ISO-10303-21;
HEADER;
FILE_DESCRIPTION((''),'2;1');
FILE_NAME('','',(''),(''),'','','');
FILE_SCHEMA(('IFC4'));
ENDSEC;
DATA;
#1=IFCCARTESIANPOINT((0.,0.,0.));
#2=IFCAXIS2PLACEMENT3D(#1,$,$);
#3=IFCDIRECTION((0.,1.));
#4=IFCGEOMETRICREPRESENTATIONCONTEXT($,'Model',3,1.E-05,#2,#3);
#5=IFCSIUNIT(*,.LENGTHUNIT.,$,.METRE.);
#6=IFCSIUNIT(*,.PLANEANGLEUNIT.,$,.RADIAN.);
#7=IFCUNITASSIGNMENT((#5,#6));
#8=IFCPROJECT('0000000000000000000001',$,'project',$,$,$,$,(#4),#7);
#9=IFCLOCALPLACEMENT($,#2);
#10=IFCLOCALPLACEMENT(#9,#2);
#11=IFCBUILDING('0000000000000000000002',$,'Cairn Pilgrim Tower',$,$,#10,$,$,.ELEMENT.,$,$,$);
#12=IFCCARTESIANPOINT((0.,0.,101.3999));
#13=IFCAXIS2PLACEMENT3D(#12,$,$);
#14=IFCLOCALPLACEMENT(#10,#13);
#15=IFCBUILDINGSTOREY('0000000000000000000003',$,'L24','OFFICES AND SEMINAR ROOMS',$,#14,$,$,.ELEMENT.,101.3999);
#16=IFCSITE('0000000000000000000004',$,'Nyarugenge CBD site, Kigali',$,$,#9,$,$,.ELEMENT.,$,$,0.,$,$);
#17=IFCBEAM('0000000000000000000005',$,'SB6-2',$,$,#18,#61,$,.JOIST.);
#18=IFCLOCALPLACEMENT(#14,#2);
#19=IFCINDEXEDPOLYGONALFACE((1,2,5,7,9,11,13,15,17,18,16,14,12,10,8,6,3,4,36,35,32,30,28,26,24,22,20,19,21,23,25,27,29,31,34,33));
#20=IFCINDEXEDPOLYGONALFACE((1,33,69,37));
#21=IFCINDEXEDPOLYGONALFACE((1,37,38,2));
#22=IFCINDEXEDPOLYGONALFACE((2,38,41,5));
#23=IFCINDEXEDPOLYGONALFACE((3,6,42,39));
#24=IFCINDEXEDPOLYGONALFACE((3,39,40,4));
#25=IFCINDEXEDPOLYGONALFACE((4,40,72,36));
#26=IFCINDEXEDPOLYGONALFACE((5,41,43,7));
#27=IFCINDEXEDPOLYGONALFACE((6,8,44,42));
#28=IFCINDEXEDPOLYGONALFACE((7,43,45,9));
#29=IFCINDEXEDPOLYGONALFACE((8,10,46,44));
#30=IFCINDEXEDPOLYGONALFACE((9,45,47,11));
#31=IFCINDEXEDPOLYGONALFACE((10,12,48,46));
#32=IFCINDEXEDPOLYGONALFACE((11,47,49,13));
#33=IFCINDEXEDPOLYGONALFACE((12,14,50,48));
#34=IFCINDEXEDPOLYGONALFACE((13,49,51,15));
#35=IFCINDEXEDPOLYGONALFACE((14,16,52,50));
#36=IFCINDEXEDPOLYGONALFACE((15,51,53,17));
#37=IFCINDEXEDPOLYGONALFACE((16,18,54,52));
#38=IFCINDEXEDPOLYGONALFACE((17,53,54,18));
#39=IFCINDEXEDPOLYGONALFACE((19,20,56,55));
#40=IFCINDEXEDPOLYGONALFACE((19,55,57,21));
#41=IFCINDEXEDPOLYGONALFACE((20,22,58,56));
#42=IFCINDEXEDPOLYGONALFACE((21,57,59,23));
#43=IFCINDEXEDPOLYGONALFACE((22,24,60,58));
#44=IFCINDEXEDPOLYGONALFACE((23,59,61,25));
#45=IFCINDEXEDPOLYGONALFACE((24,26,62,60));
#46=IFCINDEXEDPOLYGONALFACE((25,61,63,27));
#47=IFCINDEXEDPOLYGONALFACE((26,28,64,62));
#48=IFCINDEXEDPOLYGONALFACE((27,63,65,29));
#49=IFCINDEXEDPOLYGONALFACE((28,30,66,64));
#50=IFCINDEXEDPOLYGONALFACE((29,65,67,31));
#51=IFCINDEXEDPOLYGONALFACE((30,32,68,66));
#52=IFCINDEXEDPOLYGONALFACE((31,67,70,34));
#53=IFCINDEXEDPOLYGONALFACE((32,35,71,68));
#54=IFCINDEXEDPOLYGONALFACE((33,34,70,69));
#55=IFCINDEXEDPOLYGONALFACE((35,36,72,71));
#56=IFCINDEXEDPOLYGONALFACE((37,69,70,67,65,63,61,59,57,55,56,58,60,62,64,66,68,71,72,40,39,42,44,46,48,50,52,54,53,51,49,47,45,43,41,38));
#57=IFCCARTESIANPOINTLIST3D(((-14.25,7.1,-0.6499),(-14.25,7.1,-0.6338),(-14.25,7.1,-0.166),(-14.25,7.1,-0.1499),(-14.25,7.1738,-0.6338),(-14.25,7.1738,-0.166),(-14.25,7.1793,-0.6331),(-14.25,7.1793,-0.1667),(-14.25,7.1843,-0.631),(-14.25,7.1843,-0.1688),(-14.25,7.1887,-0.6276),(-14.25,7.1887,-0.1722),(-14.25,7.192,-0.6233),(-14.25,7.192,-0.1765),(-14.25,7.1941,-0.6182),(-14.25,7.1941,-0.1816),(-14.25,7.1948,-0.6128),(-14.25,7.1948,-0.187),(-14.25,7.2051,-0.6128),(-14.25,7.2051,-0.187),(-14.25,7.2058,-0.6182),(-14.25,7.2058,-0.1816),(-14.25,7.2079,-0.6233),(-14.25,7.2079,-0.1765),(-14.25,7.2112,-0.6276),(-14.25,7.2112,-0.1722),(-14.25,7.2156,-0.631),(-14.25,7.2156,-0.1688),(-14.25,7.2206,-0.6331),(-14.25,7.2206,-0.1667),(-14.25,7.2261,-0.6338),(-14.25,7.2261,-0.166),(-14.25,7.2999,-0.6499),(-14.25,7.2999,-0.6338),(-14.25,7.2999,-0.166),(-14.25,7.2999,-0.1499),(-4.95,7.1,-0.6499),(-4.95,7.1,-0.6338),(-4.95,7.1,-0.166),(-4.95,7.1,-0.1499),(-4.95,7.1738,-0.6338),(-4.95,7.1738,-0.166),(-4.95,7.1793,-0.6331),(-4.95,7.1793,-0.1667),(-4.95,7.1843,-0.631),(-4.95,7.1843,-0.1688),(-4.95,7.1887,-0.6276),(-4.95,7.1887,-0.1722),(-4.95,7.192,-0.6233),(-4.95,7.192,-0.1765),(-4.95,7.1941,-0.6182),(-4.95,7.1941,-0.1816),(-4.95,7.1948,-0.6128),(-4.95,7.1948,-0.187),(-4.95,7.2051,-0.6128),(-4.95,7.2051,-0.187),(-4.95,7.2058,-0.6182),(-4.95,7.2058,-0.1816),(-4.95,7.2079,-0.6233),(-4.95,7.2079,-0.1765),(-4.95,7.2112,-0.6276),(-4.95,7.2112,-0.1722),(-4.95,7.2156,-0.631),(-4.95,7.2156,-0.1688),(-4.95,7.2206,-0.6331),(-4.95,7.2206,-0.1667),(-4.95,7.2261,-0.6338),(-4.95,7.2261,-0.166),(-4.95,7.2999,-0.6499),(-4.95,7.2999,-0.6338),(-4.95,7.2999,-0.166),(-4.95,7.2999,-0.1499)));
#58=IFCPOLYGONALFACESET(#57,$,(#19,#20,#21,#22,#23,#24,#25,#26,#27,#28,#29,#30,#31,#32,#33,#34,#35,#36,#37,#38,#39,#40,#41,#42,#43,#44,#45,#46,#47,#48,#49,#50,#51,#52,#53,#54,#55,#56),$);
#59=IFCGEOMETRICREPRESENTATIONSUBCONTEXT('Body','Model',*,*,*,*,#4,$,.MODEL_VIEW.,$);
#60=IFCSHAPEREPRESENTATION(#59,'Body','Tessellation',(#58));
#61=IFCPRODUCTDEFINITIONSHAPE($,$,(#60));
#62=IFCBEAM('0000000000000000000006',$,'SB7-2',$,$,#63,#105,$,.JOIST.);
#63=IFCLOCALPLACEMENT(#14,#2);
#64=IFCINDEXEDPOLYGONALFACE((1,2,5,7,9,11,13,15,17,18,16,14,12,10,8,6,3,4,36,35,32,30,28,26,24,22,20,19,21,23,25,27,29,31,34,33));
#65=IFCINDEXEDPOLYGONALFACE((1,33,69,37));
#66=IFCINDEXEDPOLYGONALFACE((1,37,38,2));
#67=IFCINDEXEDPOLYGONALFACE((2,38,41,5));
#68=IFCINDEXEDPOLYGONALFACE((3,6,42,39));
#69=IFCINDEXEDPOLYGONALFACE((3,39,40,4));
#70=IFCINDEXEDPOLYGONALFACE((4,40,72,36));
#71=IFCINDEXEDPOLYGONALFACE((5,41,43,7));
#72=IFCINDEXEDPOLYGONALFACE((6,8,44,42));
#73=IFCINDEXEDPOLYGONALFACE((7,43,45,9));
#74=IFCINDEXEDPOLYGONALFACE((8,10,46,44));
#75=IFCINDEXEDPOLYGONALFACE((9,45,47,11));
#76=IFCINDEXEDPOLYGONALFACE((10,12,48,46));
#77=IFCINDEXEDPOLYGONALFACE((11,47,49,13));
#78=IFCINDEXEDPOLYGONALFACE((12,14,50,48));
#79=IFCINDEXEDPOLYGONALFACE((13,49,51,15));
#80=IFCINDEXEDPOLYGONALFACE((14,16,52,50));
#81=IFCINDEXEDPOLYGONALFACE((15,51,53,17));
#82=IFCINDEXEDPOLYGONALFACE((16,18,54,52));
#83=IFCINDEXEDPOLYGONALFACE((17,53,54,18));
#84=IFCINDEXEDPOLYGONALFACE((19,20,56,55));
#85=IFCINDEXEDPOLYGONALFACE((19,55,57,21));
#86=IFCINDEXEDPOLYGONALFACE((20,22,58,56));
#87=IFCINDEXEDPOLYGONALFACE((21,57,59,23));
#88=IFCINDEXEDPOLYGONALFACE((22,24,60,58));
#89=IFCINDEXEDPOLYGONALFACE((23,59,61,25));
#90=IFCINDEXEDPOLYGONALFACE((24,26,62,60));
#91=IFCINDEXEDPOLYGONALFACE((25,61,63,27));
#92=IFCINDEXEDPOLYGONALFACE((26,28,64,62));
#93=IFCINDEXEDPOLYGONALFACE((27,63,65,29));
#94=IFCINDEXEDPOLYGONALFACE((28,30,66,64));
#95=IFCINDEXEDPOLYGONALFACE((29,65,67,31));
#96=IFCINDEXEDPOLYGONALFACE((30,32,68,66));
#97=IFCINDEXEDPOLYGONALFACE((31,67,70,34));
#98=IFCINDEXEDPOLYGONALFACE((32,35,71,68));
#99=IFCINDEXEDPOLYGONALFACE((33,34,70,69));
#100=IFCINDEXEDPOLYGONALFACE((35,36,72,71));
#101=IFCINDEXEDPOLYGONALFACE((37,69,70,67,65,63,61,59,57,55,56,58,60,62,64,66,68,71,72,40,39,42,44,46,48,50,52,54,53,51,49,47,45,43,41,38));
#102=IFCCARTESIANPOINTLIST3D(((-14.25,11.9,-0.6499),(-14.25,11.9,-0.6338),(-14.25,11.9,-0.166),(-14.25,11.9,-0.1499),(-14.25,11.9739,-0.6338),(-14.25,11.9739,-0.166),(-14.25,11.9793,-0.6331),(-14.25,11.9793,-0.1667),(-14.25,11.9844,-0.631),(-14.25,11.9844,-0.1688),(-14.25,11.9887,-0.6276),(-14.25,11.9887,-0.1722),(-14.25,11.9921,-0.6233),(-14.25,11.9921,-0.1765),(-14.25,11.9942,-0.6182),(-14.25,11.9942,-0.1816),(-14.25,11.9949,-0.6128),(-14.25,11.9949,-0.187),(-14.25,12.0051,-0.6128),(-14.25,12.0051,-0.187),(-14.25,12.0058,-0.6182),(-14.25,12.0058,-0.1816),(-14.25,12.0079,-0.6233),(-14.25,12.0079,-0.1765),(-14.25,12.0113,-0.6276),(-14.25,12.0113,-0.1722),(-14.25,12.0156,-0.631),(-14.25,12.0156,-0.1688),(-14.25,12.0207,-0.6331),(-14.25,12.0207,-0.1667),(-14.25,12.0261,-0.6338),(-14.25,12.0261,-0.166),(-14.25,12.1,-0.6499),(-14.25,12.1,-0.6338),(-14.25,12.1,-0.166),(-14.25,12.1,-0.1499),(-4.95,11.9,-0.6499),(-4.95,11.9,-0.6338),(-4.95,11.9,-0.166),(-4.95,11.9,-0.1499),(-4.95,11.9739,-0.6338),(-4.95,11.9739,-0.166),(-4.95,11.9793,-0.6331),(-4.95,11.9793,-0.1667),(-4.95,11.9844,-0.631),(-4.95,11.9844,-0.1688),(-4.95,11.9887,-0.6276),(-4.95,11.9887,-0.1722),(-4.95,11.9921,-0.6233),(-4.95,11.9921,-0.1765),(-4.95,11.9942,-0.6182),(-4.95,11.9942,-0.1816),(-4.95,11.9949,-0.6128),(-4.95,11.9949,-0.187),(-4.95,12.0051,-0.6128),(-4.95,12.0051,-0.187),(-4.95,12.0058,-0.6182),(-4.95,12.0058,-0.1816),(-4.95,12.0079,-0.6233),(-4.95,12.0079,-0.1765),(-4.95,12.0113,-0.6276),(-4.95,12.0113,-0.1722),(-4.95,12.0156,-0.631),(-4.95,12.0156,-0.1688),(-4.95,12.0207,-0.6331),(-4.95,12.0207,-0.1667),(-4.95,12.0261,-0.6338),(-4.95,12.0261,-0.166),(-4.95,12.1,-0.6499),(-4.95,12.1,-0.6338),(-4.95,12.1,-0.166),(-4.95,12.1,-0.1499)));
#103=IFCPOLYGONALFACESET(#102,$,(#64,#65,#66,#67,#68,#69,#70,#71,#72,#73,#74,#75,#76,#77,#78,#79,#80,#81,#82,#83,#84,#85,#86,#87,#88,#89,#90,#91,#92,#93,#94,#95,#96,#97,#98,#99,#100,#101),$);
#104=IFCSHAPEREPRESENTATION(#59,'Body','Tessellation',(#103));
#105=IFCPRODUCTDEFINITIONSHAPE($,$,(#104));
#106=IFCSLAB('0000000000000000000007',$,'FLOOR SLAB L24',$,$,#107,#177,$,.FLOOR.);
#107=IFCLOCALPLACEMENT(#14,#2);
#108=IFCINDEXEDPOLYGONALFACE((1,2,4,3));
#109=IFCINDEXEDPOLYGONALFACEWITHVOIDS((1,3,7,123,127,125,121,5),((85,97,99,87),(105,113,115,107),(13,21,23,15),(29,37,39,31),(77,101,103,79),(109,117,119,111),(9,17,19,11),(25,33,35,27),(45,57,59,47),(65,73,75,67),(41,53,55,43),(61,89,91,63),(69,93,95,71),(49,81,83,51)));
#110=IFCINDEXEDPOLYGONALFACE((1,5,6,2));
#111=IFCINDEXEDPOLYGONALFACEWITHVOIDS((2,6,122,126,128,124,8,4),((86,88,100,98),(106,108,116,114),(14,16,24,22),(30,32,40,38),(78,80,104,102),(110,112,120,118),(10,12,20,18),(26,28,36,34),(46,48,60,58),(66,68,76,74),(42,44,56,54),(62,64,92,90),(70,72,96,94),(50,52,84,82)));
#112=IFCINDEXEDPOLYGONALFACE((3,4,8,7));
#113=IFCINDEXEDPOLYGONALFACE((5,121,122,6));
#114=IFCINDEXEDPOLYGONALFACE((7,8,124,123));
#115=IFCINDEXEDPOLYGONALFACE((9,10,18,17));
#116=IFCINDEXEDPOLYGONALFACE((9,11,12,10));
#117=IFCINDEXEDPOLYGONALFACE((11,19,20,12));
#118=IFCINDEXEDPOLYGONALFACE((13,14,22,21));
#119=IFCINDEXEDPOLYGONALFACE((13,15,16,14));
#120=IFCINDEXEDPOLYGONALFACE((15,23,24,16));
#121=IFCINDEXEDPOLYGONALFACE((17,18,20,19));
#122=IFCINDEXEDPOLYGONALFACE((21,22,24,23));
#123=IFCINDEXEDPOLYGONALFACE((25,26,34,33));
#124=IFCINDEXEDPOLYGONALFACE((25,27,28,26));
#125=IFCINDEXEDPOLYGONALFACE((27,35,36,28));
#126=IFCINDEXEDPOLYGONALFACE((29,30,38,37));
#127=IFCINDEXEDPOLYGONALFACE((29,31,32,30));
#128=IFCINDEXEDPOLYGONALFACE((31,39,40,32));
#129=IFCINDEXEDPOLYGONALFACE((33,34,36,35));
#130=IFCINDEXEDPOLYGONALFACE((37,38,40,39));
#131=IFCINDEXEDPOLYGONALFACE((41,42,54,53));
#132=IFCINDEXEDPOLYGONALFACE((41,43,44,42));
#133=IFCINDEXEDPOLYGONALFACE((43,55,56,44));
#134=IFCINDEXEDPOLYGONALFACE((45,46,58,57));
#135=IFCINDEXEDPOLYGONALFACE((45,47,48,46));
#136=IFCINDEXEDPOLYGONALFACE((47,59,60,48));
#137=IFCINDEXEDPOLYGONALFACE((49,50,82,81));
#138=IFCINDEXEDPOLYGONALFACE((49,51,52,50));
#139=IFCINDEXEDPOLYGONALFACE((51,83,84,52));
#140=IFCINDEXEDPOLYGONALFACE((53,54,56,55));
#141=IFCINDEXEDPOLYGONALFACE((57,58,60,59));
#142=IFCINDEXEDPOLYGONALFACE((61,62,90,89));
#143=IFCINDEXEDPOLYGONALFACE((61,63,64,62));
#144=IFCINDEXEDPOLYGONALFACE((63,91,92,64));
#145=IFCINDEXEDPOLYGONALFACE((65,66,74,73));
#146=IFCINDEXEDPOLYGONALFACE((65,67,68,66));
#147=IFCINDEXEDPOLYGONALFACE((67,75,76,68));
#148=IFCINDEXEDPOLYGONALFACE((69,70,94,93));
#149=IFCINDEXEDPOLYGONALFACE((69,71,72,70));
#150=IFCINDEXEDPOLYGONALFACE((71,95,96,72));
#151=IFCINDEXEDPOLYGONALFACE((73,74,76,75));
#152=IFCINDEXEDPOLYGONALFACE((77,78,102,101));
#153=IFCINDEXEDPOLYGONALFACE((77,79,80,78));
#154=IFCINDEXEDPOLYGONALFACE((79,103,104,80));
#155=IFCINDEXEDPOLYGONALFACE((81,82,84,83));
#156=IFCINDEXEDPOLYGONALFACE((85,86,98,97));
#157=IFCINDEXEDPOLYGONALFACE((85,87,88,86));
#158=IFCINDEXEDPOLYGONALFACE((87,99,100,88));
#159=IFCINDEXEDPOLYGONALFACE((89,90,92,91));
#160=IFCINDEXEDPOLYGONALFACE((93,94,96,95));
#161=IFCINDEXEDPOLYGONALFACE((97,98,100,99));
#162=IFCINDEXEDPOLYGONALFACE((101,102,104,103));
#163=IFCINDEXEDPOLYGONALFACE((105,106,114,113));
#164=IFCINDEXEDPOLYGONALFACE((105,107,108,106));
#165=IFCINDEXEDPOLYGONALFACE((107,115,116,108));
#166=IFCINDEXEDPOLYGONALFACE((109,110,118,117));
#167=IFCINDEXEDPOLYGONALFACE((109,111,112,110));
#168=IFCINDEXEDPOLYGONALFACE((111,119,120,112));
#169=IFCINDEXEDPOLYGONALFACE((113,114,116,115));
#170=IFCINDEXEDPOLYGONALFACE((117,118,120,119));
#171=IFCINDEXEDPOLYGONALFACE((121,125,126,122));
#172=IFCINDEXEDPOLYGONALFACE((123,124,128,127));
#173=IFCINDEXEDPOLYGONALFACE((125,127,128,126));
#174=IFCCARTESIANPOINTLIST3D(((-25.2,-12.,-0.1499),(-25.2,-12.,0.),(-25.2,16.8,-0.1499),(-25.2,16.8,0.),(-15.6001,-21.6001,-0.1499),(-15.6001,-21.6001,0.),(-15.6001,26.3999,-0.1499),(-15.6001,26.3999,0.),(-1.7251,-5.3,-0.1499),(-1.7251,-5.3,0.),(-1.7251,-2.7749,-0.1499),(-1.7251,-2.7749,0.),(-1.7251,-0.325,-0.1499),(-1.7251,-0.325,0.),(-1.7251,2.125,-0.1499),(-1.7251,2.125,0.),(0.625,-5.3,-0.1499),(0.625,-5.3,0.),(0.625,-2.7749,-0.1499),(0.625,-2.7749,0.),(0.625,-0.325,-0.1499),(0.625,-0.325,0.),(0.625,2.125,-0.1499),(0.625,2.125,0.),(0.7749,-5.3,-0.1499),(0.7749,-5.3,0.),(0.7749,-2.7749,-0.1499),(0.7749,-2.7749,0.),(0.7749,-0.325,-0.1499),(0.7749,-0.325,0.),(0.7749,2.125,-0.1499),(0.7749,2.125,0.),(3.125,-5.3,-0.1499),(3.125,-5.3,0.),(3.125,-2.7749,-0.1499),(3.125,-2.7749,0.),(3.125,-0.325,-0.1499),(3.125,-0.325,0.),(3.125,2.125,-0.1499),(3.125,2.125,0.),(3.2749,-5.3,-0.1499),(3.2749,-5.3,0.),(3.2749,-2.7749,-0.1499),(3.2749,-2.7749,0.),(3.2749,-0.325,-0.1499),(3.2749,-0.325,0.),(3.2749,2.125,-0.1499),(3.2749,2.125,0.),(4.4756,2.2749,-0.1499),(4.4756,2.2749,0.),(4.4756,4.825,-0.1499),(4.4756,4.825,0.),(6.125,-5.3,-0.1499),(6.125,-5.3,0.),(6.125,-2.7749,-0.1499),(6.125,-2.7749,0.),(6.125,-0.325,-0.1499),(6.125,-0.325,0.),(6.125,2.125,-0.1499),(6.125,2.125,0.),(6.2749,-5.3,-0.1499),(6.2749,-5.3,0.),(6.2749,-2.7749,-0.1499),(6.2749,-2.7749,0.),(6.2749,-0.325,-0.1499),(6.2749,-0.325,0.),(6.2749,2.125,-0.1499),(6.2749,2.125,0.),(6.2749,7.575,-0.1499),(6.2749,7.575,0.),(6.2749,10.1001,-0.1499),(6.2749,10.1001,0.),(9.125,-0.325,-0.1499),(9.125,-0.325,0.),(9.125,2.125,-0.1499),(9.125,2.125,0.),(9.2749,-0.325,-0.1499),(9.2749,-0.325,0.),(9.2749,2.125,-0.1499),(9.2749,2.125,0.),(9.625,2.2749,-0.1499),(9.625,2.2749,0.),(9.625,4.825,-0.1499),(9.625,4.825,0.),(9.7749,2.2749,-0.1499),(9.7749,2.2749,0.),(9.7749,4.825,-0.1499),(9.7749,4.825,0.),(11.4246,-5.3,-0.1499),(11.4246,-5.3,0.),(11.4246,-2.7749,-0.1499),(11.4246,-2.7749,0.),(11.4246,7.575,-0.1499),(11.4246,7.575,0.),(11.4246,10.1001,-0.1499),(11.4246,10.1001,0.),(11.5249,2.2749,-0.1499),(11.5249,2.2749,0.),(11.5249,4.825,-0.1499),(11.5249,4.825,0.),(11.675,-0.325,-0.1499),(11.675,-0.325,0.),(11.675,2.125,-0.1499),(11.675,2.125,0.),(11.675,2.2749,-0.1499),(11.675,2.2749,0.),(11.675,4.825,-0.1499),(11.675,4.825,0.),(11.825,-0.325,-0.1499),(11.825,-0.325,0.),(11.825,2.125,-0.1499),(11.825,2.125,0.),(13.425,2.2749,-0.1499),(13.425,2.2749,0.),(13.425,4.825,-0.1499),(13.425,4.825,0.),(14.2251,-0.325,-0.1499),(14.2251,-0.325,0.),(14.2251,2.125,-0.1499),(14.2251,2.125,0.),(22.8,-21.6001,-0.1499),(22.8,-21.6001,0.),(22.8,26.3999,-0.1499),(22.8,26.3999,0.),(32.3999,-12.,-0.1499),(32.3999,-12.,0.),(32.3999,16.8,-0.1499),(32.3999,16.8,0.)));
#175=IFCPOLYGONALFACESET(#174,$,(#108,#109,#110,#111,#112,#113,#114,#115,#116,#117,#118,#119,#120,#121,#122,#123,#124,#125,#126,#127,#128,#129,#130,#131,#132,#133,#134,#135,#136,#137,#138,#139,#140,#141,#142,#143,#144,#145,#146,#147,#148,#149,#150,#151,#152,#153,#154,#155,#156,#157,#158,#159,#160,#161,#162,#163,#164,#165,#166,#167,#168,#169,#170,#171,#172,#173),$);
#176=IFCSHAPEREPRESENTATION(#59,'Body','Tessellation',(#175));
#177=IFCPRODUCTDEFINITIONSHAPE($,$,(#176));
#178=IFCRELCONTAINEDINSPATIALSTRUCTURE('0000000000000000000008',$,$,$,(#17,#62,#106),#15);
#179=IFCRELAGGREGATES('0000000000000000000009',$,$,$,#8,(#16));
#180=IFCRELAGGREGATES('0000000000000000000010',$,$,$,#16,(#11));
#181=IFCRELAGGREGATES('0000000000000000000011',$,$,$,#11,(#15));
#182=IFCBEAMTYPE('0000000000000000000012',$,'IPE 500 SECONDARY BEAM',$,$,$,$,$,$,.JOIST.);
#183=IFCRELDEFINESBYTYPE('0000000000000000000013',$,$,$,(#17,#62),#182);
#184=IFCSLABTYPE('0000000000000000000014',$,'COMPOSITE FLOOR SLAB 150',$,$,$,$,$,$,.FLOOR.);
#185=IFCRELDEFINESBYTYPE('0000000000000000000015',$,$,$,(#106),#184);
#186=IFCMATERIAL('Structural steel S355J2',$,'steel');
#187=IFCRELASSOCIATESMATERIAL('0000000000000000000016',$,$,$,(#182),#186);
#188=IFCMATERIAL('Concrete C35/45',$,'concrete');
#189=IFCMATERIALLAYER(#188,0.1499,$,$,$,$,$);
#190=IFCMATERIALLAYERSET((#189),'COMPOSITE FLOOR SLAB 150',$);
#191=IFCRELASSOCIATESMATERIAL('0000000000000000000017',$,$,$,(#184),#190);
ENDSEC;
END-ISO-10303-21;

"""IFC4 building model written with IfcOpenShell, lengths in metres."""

from ifc_helpers import new_model, si_unit, direction, frame, origin, origin_2d, place, context, subcontext, project, spatial, polyline, i_section, outline, extrude, material, layer, layer_set, material_profile, profile_set, type_object, element, save


model = new_model("IFC4")

# Units and contexts
model_context = context("Model", 3, precision=1e-05, world=origin(), true_north=direction((0.0, 1.0)))
body_context = subcontext(model_context, "Body", "Model", "MODEL_VIEW")
ifc_project = project(units=[si_unit("LENGTHUNIT", "METRE"), si_unit("PLANEANGLEUNIT", "RADIAN")], contexts=[model_context])

# Site, building, storey
site_placement = place(None, origin())
site = spatial("IfcSite", under=ifc_project, at=site_placement, Name="Nyarugenge CBD site, Kigali", CompositionType="ELEMENT", RefElevation=0.0)
building_placement = place(site_placement, origin())
building = spatial("IfcBuilding", under=site, at=building_placement, Name="Cairn Pilgrim Tower", CompositionType="ELEMENT")
storey_placement = place(building_placement, frame((0.0, 0.0, 101.3999)))
storey = spatial("IfcBuildingStorey", under=building, at=storey_placement, Name="L24", Description="OFFICES AND SEMINAR ROOMS", CompositionType="ELEMENT", Elevation=101.3999)

# Beams
ifc_material_1 = material(Name="Structural steel S355J2", Category="steel")
ifc_material_profile_1 = material_profile(ifc_material_1, i_section(OverallWidth=0.2, OverallDepth=0.5, WebThickness=0.0103, FlangeThickness=0.0161, FilletRadius=0.021, at=origin_2d()), Name="IPE 500")
ifc_profile_set_1 = profile_set([ifc_material_profile_1], Name="Structural steel S355J2")
beam_type_1 = type_object("IfcBeamType", Name="IPE 500 SECONDARY BEAM", PredefinedType="JOIST", material=ifc_profile_set_1)
for number, where, z_axis, x_axis, name in (
    (1, (-14.25, 7.2, -0.3999), (1.0, 0.0, 0.0), (0.0, 1.0, 0.0), "SB6-2"),
    (2, (-14.25, 12.0, -0.3999), (1.0, 0.0, 0.0), (0.0, 1.0, 0.0), "SB7-2"),
):
    element("IfcBeam", number, at=place(storey_placement, frame(where, z_axis=z_axis, x_axis=x_axis)), inside=storey, type_object=beam_type_1, Name=name, PredefinedType="JOIST", context=body_context, shape_type="SweptSolid", body=[
        extrude(i_section(OverallWidth=0.2, OverallDepth=0.5, WebThickness=0.0103, FlangeThickness=0.0161, FilletRadius=0.021, at=origin_2d()), origin(), (0.0, 0.0, 1.0), 9.3),
    ])

# Slab
ifc_material_2 = material(Name="Concrete C35/45", Category="concrete")
ifc_layer_1 = layer(ifc_material_2, 0.1499)
ifc_layer_set_1 = layer_set([ifc_layer_1], Name="COMPOSITE FLOOR SLAB 150")
slab_type_1 = type_object("IfcSlabType", Name="COMPOSITE FLOOR SLAB 150", PredefinedType="FLOOR", material=ifc_layer_set_1)
slab_1_placement = place(storey_placement, frame((0.0, 0.0, -0.1499)))
element("IfcSlab", 3, at=slab_1_placement, inside=storey, type_object=slab_type_1, Name="FLOOR SLAB L24", PredefinedType="FLOOR", context=body_context, shape_type="SweptSolid", body=[
    extrude(outline(polyline([(-15.6001, -21.6001), (22.8, -21.6001), (32.3999, -12.0), (32.3999, 16.8), (22.8, 26.3999), (-15.6001, 26.3999), (-25.2, 16.8), (-25.2, -12.0), (-15.6001, -21.6001)]), holes=[polyline([(-1.7251, -5.3), (0.625, -5.3), (0.625, -2.7749), (-1.7251, -2.7749), (-1.7251, -5.3)]), polyline([(0.7749, -5.3), (3.125, -5.3), (3.125, -2.7749), (0.7749, -2.7749), (0.7749, -5.3)]), polyline([(-1.7251, -0.325), (0.625, -0.325), (0.625, 2.125), (-1.7251, 2.125), (-1.7251, -0.325)]), polyline([(0.7749, -0.325), (3.125, -0.325), (3.125, 2.125), (0.7749, 2.125), (0.7749, -0.325)]), polyline([(3.2749, -5.3), (6.125, -5.3), (6.125, -2.7749), (3.2749, -2.7749), (3.2749, -5.3)]), polyline([(3.2749, -0.325), (6.125, -0.325), (6.125, 2.125), (3.2749, 2.125), (3.2749, -0.325)]), polyline([(6.2749, -0.325), (9.125, -0.325), (9.125, 2.125), (6.2749, 2.125), (6.2749, -0.325)]), polyline([(9.2749, -0.325), (11.675, -0.325), (11.675, 2.125), (9.2749, 2.125), (9.2749, -0.325)]), polyline([(11.825, -0.325), (14.2251, -0.325), (14.2251, 2.125), (11.825, 2.125), (11.825, -0.325)]), polyline([(9.7749, 2.2749), (11.5249, 2.2749), (11.5249, 4.825), (9.7749, 4.825), (9.7749, 2.2749)]), polyline([(11.675, 2.2749), (13.425, 2.2749), (13.425, 4.825), (11.675, 4.825), (11.675, 2.2749)]), polyline([(11.4246, -2.7749), (6.2749, -2.7749), (6.2749, -5.3), (11.4246, -5.3), (11.4246, -2.7749)]), polyline([(4.4756, 2.2749), (9.625, 2.2749), (9.625, 4.825), (4.4756, 4.825), (4.4756, 2.2749)]), polyline([(11.4246, 10.1001), (6.2749, 10.1001), (6.2749, 7.575), (11.4246, 7.575), (11.4246, 10.1001)])]), origin(), (0.0, 0.0, 1.0), 0.1499),
])

save(model, "model.ifc")
